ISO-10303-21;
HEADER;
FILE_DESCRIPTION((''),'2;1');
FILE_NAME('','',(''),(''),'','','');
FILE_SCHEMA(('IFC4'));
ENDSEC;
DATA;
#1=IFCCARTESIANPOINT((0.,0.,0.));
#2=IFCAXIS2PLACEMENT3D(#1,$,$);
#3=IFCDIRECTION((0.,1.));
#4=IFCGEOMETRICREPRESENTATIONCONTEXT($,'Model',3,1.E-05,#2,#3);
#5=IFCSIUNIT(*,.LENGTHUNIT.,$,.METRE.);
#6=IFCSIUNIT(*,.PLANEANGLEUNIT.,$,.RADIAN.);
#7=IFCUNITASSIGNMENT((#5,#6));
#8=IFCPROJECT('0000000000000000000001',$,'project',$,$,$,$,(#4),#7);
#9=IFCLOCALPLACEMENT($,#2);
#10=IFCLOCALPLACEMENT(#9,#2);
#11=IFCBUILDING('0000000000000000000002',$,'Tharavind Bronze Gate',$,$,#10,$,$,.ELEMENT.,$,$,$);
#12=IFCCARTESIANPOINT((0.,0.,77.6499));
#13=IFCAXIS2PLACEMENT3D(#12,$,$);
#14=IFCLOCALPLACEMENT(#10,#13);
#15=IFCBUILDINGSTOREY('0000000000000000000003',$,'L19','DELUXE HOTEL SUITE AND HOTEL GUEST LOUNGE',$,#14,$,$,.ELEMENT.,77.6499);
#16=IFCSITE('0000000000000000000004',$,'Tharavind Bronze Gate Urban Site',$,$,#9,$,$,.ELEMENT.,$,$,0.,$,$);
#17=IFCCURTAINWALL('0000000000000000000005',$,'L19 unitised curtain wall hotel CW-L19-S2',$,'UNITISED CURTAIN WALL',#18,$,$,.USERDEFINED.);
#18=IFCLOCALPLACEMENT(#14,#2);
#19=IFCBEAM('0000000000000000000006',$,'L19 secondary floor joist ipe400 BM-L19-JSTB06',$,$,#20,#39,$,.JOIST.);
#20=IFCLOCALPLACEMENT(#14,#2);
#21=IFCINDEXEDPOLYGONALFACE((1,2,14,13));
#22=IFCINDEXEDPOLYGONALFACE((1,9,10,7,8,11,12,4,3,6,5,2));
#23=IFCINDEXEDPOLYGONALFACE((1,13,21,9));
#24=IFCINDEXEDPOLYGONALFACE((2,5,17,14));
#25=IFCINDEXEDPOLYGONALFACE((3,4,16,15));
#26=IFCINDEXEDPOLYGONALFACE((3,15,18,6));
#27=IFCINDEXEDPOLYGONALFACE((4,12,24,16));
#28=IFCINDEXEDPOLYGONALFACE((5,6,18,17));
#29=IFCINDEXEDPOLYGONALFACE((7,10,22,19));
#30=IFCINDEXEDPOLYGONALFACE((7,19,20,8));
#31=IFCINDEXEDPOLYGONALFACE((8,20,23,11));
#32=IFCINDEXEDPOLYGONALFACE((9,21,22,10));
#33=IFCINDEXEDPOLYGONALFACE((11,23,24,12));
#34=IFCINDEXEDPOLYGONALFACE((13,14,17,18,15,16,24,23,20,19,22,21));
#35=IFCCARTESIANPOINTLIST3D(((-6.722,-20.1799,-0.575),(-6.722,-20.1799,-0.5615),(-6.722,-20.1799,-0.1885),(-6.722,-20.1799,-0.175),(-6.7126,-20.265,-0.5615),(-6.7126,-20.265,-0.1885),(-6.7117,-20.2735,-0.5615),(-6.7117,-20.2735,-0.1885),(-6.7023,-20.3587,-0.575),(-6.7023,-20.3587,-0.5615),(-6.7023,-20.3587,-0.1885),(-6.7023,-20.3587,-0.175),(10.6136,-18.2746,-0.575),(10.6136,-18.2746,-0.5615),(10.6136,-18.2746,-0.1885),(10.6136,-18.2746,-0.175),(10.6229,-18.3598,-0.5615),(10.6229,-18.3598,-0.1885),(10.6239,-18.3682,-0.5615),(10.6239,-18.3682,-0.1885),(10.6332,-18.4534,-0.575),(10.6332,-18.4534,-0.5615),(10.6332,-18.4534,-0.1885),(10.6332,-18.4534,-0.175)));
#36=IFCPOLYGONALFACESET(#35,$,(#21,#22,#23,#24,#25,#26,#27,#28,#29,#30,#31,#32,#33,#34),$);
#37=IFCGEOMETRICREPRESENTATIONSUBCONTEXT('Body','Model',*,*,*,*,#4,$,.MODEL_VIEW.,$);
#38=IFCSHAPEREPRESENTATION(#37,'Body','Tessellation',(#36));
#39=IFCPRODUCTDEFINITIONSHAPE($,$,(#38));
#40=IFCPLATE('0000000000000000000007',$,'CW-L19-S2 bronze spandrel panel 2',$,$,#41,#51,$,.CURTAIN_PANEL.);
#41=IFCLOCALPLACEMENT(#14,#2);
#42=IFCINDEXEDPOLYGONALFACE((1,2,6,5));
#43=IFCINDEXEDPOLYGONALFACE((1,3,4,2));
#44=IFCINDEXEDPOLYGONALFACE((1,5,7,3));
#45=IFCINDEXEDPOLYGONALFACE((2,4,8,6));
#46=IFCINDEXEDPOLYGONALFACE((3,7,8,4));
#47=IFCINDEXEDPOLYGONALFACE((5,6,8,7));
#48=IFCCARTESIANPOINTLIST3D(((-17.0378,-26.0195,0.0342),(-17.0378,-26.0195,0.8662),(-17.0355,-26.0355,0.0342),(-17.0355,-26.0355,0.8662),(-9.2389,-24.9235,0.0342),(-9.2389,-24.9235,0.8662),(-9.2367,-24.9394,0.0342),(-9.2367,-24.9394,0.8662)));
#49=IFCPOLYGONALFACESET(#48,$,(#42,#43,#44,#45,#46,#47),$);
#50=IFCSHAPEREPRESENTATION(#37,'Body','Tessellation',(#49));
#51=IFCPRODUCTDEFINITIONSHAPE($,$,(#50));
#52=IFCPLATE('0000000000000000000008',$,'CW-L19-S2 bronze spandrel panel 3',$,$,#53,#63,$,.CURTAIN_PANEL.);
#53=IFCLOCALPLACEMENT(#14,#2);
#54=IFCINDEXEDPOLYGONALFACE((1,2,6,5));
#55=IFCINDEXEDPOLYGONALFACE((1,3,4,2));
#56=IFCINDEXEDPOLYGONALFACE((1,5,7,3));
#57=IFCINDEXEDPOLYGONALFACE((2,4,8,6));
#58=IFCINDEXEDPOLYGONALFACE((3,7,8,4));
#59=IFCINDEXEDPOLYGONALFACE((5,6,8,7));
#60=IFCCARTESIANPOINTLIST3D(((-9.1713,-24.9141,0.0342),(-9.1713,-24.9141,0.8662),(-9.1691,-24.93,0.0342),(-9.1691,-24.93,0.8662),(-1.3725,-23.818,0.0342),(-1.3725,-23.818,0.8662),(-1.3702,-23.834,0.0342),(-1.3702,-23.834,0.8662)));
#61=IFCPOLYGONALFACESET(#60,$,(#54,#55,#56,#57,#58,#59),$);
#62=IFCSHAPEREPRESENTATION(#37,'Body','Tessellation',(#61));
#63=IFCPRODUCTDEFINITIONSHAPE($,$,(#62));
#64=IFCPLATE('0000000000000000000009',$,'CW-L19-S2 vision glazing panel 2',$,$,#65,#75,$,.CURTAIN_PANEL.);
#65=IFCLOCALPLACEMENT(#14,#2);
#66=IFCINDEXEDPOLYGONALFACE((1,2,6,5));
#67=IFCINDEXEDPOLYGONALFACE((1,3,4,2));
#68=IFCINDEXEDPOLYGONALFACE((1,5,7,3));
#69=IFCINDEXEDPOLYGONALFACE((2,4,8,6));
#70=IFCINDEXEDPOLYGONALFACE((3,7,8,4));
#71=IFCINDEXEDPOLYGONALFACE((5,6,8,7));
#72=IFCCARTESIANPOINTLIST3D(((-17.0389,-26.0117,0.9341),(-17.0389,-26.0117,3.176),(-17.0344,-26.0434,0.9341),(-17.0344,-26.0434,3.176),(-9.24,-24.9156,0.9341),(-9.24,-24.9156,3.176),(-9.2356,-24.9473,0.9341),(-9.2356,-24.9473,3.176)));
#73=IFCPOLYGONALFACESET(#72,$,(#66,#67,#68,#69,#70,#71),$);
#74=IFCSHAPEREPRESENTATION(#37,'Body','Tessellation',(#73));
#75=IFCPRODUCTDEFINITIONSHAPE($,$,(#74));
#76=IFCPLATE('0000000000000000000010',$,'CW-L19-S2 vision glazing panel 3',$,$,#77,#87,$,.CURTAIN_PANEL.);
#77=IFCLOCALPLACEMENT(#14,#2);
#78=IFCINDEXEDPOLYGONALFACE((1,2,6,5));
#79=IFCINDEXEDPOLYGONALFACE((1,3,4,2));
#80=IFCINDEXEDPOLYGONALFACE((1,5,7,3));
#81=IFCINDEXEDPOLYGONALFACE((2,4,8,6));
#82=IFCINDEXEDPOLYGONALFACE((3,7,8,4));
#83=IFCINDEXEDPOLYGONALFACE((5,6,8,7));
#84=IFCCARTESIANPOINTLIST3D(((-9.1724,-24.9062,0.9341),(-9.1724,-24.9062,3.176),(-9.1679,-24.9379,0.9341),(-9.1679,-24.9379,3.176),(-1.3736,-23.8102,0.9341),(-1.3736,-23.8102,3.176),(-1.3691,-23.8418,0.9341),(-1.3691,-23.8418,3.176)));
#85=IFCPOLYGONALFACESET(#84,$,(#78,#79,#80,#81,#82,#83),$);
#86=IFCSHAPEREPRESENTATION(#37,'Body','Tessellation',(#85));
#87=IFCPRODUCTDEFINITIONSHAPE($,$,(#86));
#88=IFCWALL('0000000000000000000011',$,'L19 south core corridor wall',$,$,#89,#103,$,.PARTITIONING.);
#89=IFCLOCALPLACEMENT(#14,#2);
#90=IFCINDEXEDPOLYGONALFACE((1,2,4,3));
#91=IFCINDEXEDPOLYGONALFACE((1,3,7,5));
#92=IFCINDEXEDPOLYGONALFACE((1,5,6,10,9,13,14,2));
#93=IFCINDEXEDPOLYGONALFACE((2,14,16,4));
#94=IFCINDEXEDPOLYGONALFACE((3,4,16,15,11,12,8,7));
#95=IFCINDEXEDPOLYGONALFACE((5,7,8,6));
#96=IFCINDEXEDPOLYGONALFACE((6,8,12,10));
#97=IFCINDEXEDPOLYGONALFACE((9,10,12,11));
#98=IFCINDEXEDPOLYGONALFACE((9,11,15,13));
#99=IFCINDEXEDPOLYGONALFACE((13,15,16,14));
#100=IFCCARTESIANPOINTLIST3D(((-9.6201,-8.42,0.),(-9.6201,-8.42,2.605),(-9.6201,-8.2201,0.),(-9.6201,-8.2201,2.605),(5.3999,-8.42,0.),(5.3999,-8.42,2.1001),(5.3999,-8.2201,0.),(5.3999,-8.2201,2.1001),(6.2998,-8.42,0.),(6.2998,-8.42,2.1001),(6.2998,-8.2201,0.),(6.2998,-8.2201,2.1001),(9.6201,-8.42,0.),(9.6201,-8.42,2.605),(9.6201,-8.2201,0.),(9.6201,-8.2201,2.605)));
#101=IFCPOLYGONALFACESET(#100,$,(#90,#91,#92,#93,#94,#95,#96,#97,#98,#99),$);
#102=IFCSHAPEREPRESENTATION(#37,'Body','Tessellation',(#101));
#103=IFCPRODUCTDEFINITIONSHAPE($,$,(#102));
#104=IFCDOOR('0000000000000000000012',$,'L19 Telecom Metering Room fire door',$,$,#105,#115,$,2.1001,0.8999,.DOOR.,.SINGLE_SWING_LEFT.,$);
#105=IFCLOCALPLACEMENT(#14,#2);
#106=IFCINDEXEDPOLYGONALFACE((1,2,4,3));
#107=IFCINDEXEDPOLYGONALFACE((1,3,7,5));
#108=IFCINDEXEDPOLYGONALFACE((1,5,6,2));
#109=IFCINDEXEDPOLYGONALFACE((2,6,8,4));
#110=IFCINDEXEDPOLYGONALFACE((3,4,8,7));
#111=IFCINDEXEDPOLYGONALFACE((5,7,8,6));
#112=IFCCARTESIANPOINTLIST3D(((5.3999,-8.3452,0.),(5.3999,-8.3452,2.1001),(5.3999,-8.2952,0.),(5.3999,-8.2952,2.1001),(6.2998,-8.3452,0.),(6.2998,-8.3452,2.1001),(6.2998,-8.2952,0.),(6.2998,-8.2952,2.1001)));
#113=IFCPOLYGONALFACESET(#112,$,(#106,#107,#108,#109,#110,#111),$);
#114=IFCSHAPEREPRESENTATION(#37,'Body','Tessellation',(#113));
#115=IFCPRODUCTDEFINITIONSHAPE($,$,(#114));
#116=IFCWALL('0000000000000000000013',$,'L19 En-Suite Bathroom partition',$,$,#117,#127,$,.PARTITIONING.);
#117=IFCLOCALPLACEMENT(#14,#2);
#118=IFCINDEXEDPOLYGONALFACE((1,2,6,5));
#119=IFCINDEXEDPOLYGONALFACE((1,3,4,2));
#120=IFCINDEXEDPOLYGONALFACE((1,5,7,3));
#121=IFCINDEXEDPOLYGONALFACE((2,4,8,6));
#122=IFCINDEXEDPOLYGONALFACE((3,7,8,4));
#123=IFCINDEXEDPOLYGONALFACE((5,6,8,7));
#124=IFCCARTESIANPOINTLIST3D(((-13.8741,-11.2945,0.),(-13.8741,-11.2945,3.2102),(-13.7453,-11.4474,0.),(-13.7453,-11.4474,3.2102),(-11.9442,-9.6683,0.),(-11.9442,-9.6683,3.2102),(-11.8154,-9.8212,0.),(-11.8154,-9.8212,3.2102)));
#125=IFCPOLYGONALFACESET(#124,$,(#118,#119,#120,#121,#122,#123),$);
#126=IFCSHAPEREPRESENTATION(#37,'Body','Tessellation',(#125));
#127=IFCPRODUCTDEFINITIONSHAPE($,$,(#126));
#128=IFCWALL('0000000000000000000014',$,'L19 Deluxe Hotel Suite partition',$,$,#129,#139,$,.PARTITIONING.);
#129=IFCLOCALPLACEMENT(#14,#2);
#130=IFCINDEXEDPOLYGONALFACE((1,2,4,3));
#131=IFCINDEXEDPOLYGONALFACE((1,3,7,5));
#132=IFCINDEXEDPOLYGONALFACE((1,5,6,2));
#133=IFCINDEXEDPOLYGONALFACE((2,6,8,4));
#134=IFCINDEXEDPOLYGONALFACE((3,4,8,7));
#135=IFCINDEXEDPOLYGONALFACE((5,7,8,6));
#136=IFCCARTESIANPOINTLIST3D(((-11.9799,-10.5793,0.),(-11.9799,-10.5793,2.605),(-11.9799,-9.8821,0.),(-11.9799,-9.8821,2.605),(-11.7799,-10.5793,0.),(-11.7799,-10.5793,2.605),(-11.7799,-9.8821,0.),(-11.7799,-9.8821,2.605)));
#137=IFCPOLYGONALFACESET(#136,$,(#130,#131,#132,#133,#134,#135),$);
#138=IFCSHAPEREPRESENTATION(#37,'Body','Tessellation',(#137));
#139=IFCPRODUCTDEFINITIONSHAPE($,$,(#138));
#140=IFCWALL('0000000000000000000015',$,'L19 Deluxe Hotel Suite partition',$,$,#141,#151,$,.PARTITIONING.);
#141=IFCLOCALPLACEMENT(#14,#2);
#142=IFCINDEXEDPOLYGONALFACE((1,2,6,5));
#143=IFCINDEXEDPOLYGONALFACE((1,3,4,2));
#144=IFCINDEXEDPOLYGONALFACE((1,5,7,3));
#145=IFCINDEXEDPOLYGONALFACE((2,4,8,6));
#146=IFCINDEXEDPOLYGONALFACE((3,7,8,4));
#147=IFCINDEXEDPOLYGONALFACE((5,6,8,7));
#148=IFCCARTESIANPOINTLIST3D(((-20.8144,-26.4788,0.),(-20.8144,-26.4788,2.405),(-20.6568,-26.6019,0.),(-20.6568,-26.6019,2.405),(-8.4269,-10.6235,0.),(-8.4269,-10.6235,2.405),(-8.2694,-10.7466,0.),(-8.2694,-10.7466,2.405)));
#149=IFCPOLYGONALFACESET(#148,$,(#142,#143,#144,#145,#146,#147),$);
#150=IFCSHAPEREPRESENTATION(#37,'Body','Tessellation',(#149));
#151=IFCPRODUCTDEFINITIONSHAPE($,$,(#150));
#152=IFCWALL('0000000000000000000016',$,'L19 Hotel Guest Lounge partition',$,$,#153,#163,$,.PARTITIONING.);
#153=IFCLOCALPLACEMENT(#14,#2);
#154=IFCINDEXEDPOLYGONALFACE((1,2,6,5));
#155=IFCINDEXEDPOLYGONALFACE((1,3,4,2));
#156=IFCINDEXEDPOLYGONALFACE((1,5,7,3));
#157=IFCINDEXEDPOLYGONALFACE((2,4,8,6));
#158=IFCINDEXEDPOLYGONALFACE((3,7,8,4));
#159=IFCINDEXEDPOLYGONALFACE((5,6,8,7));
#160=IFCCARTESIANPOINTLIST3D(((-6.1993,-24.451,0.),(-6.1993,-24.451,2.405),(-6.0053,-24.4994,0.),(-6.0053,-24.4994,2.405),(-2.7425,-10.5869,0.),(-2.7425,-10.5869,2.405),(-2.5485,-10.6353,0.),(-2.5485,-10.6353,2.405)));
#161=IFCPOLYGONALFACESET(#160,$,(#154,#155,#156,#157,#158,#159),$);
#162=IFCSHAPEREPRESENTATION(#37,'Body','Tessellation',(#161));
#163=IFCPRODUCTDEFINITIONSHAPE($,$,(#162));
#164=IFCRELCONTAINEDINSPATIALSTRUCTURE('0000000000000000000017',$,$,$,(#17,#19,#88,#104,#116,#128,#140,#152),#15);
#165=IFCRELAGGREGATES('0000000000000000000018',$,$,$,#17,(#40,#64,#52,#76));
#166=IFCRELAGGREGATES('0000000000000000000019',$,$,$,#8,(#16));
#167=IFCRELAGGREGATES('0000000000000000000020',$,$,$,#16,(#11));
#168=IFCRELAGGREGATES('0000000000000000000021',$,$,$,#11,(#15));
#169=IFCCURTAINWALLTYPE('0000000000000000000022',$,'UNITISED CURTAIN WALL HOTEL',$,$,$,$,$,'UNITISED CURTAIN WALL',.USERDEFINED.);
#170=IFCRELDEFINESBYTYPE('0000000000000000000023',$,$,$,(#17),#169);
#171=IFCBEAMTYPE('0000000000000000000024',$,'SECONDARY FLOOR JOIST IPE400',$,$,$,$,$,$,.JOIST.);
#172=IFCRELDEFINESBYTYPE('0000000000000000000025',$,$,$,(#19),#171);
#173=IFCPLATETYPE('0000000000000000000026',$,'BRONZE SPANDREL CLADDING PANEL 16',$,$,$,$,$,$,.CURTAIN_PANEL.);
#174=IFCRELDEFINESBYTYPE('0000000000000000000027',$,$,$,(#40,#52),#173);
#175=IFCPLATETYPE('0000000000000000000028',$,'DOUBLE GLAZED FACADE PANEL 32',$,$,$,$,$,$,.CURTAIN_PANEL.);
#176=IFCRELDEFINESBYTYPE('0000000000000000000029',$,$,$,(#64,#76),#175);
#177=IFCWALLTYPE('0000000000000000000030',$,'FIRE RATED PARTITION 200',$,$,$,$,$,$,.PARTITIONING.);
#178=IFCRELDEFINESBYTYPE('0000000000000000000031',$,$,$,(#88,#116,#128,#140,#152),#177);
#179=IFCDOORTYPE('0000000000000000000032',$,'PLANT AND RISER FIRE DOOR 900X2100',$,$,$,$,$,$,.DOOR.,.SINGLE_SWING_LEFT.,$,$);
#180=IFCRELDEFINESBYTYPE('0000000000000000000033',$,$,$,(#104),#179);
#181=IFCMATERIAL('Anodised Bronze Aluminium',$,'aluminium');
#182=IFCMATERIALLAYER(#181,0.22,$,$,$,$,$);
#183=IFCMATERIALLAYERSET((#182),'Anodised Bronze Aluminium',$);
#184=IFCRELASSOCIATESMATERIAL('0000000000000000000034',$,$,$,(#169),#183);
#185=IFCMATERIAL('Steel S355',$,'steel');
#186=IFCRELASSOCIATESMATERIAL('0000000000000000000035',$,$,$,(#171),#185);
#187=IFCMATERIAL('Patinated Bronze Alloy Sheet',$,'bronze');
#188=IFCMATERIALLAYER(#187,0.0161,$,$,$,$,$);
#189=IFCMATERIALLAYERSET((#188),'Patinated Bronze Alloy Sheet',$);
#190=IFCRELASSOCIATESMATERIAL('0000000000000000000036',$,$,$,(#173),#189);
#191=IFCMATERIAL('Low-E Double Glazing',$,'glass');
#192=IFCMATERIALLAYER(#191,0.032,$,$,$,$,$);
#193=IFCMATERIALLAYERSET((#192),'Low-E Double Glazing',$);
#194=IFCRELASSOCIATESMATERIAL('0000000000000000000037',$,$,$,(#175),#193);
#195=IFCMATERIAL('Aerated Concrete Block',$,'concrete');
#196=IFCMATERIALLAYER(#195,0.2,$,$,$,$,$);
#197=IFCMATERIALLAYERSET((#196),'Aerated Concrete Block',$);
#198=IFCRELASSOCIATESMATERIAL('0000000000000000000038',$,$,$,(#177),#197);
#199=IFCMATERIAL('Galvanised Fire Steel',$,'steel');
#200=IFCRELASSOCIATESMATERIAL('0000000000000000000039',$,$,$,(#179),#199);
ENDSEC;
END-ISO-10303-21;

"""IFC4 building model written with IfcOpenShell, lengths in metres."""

from ifc_helpers import new_model, si_unit, direction, frame, frame_2d, origin, origin_2d, place, context, subcontext, project, spatial, rectangle, i_section, extrude, material, layer, layer_set, material_profile, profile_set, type_object, element, fill, aggregate, save


model = new_model("IFC4")

# Units and contexts
model_context = context("Model", 3, precision=1e-05, world=origin(), true_north=direction((0.0, 1.0)))
body_context = subcontext(model_context, "Body", "Model", "MODEL_VIEW")
ifc_project = project(units=[si_unit("LENGTHUNIT", "METRE"), si_unit("PLANEANGLEUNIT", "RADIAN")], contexts=[model_context])

# Site, building, storey
site_placement = place(None, origin())
site = spatial("IfcSite", under=ifc_project, at=site_placement, Name="Tharavind Bronze Gate Urban Site", CompositionType="ELEMENT", RefElevation=0.0)
building_placement = place(site_placement, origin())
building = spatial("IfcBuilding", under=site, at=building_placement, Name="Tharavind Bronze Gate", CompositionType="ELEMENT")
storey_placement = place(building_placement, frame((0.0, 0.0, 77.6499)))
storey = spatial("IfcBuildingStorey", under=building, at=storey_placement, Name="L19", Description="DELUXE HOTEL SUITE AND HOTEL GUEST LOUNGE", CompositionType="ELEMENT", Elevation=77.6499)

# Curtain wall
ifc_material_1 = material(Name="Anodised Bronze Aluminium", Category="aluminium")
ifc_layer_1 = layer(ifc_material_1, 0.22)
ifc_layer_set_1 = layer_set([ifc_layer_1], Name="Anodised Bronze Aluminium")
curtain_wall_type = type_object("IfcCurtainWallType", Name="UNITISED CURTAIN WALL HOTEL", ElementType="UNITISED CURTAIN WALL", PredefinedType="USERDEFINED", material=ifc_layer_set_1)
curtain_wall_placement = place(storey_placement, origin())
curtain_wall = element("IfcCurtainWall", 1, at=curtain_wall_placement, inside=storey, type_object=curtain_wall_type, Name="L19 unitised curtain wall hotel CW-L19-S2", ObjectType="UNITISED CURTAIN WALL", PredefinedType="USERDEFINED")

# Beam
ifc_material_2 = material(Name="Steel S355", Category="steel")
ifc_material_profile_1 = material_profile(ifc_material_2, i_section(OverallWidth=0.1799, OverallDepth=0.3999, WebThickness=0.0085, FlangeThickness=0.0134, at=origin_2d()), Name="IPE400")
ifc_profile_set_1 = profile_set([ifc_material_profile_1], Name="Steel S355")
beam_type_1 = type_object("IfcBeamType", Name="SECONDARY FLOOR JOIST IPE400", PredefinedType="JOIST", material=ifc_profile_set_1)
beam_1_placement = place(storey_placement, frame((-6.7122, -20.2693, -0.375), z_axis=(0.994014, 0.109248, 0.0), x_axis=(-0.109248, 0.994014, 0.0)))
element("IfcBeam", 2, at=beam_1_placement, inside=storey, type_object=beam_type_1, Name="L19 secondary floor joist ipe400 BM-L19-JSTB06", PredefinedType="JOIST", context=body_context, shape_type="SweptSolid", body=[
    extrude(i_section(OverallWidth=0.1799, OverallDepth=0.3999, WebThickness=0.0085, FlangeThickness=0.0134, at=origin_2d()), origin(), (0.0, 0.0, 1.0), 17.4399),
])

# Plates
ifc_material_3 = material(Name="Patinated Bronze Alloy Sheet", Category="bronze")
ifc_layer_2 = layer(ifc_material_3, 0.0161)
ifc_layer_set_2 = layer_set([ifc_layer_2], Name="Patinated Bronze Alloy Sheet")
plate_type_1 = type_object("IfcPlateType", Name="BRONZE SPANDREL CLADDING PANEL 16", PredefinedType="CURTAIN_PANEL", material=ifc_layer_set_2)
plate_1_placement = place(storey_placement, frame((-13.1372, -25.4795, 0.0342), z_axis=(0.0, 0.0, 1.0), x_axis=(0.990268, 0.139173, 0.0)))
plate_1 = element("IfcPlate", 3, at=plate_1_placement, type_object=plate_type_1, Name="CW-L19-S2 bronze spandrel panel 2", PredefinedType="CURTAIN_PANEL", context=body_context, shape_type="SweptSolid", body=[
    extrude(rectangle(XDim=7.8755, YDim=0.0161, at=origin_2d()), origin(), (0.0, 0.0, 1.0), 0.832),
])
plate_2_placement = place(storey_placement, frame((-5.2708, -24.374, 0.0342), z_axis=(0.0, 0.0, 1.0), x_axis=(0.990268, 0.139173, 0.0)))
plate_2 = element("IfcPlate", 4, at=plate_2_placement, type_object=plate_type_1, Name="CW-L19-S2 bronze spandrel panel 3", PredefinedType="CURTAIN_PANEL", context=body_context, shape_type="SweptSolid", body=[
    extrude(rectangle(XDim=7.8755, YDim=0.0161, at=origin_2d()), origin(), (0.0, 0.0, 1.0), 0.832),
])
ifc_material_4 = material(Name="Low-E Double Glazing", Category="glass")
ifc_layer_3 = layer(ifc_material_4, 0.032)
ifc_layer_set_3 = layer_set([ifc_layer_3], Name="Low-E Double Glazing")
plate_type_2 = type_object("IfcPlateType", Name="DOUBLE GLAZED FACADE PANEL 32", PredefinedType="CURTAIN_PANEL", material=ifc_layer_set_3)
plate_3_placement = place(storey_placement, frame((-13.1372, -25.4795, 0.9341), z_axis=(0.0, 0.0, 1.0), x_axis=(0.990268, 0.139173, 0.0)))
plate_3 = element("IfcPlate", 5, at=plate_3_placement, type_object=plate_type_2, Name="CW-L19-S2 vision glazing panel 2", PredefinedType="CURTAIN_PANEL", context=body_context, shape_type="SweptSolid", body=[
    extrude(rectangle(XDim=7.8755, YDim=0.032, at=origin_2d()), origin(), (0.0, 0.0, 1.0), 2.2419),
])
plate_4_placement = place(storey_placement, frame((-5.2708, -24.374, 0.9341), z_axis=(0.0, 0.0, 1.0), x_axis=(0.990268, 0.139173, 0.0)))
plate_4 = element("IfcPlate", 6, at=plate_4_placement, type_object=plate_type_2, Name="CW-L19-S2 vision glazing panel 3", PredefinedType="CURTAIN_PANEL", context=body_context, shape_type="SweptSolid", body=[
    extrude(rectangle(XDim=7.8755, YDim=0.032, at=origin_2d()), origin(), (0.0, 0.0, 1.0), 2.2419),
])
aggregate(curtain_wall, [plate_1, plate_3, plate_2, plate_4])

# Wall, opening, door
ifc_material_5 = material(Name="Aerated Concrete Block", Category="concrete")
ifc_layer_4 = layer(ifc_material_5, 0.2)
ifc_layer_set_4 = layer_set([ifc_layer_4], Name="Aerated Concrete Block")
wall_type = type_object("IfcWallType", Name="FIRE RATED PARTITION 200", PredefinedType="PARTITIONING", material=ifc_layer_set_4)
wall_1_placement = place(storey_placement, frame((-9.6201, -8.3201, 0.0), z_axis=(0.0, 0.0, 1.0), x_axis=(1.0, 0.0, 0.0)))
wall_1 = element("IfcWall", 7, at=wall_1_placement, inside=storey, type_object=wall_type, Name="L19 south core corridor wall", PredefinedType="PARTITIONING", context=body_context, shape_type="SweptSolid", body=[
    extrude(rectangle(XDim=19.2402, YDim=0.2, at=frame_2d((9.6201, 0.0))), origin(), (0.0, 0.0, 1.0), 2.605),
])
opening_1_placement = place(wall_1_placement, frame((15.02, 0.0, 0.0)))
opening_1 = element("IfcOpeningElement", 8, at=opening_1_placement, cuts=wall_1, PredefinedType="OPENING", context=body_context, shape_type="SweptSolid", body=[
    extrude(rectangle(XDim=0.8999, YDim=2.1001, at=frame_2d((0.45, 1.05))), frame((0.0, 0.1101, 0.0), z_axis=(0.0, -1.0, 0.0), x_axis=(1.0, 0.0, 0.0)), (0.0, 0.0, 1.0), 0.22),
])
ifc_material_6 = material(Name="Galvanised Fire Steel", Category="steel")
door_type_1 = type_object("IfcDoorType", Name="PLANT AND RISER FIRE DOOR 900X2100", OperationType="SINGLE_SWING_LEFT", PredefinedType="DOOR", material=ifc_material_6)
door_1_placement = place(opening_1_placement, origin())
door_1 = element("IfcDoor", 9, at=door_1_placement, inside=storey, type_object=door_type_1, Name="L19 Telecom Metering Room fire door", OperationType="SINGLE_SWING_LEFT", OverallHeight=2.1001, OverallWidth=0.8999, PredefinedType="DOOR", context=body_context, shape_type="SweptSolid", body=[
    extrude(rectangle(XDim=0.8999, YDim=2.1001, at=frame_2d((0.45, 1.05))), frame((0.0, 0.0249, 0.0), z_axis=(0.0, -1.0, 0.0), x_axis=(1.0, 0.0, 0.0)), (0.0, 0.0, 1.0), 0.05),
])
fill(opening_1, door_1)

# Walls
wall_2_placement = place(storey_placement, frame((-11.8799, -9.7449, 0.0), z_axis=(0.0, 0.0, 1.0), x_axis=(-0.764713, -0.644371, 0.0)))
element("IfcWall", 10, at=wall_2_placement, inside=storey, type_object=wall_type, Name="L19 En-Suite Bathroom partition", PredefinedType="PARTITIONING", context=body_context, shape_type="SweptSolid", body=[
    extrude(rectangle(XDim=2.5237, YDim=0.2, at=frame_2d((1.2617, 0.0))), origin(), (0.0, 0.0, 1.0), 3.2102),
])
wall_3_placement = place(storey_placement, frame((-11.8799, -9.8821, 0.0), z_axis=(0.0, 0.0, 1.0), x_axis=(0.0, -1.0, 0.0)))
element("IfcWall", 11, at=wall_3_placement, inside=storey, type_object=wall_type, Name="L19 Deluxe Hotel Suite partition", PredefinedType="PARTITIONING", context=body_context, shape_type="SweptSolid", body=[
    extrude(rectangle(XDim=0.6973, YDim=0.2, at=frame_2d((0.3486, 0.0))), origin(), (0.0, 0.0, 1.0), 2.605),
])

# Wall
wall_4_placement = place(storey_placement, frame((-8.3481, -10.6851, 0.0), z_axis=(0.0, 0.0, 1.0), x_axis=(-0.615661, -0.788011, 0.0)))
element("IfcWall", 12, at=wall_4_placement, inside=storey, type_object=wall_type, Name="L19 Deluxe Hotel Suite partition", PredefinedType="PARTITIONING", context=body_context, shape_type="SweptSolid", body=[
    extrude(rectangle(XDim=20.1206, YDim=0.2, at=frame_2d((10.0603, 0.0))), origin(), (0.0, 0.0, 1.0), 2.405),
])

# Wall
wall_5_placement = place(storey_placement, frame((-2.6455, -10.6111, 0.0), z_axis=(0.0, 0.0, 1.0), x_axis=(-0.241929, -0.970294, 0.0)))
element("IfcWall", 13, at=wall_5_placement, inside=storey, type_object=wall_type, Name="L19 Hotel Guest Lounge partition", PredefinedType="PARTITIONING", context=body_context, shape_type="SweptSolid", body=[
    extrude(rectangle(XDim=14.2886, YDim=0.2, at=frame_2d((7.1443, 0.0))), origin(), (0.0, 0.0, 1.0), 2.405),
])

save(model, "model.ifc")
